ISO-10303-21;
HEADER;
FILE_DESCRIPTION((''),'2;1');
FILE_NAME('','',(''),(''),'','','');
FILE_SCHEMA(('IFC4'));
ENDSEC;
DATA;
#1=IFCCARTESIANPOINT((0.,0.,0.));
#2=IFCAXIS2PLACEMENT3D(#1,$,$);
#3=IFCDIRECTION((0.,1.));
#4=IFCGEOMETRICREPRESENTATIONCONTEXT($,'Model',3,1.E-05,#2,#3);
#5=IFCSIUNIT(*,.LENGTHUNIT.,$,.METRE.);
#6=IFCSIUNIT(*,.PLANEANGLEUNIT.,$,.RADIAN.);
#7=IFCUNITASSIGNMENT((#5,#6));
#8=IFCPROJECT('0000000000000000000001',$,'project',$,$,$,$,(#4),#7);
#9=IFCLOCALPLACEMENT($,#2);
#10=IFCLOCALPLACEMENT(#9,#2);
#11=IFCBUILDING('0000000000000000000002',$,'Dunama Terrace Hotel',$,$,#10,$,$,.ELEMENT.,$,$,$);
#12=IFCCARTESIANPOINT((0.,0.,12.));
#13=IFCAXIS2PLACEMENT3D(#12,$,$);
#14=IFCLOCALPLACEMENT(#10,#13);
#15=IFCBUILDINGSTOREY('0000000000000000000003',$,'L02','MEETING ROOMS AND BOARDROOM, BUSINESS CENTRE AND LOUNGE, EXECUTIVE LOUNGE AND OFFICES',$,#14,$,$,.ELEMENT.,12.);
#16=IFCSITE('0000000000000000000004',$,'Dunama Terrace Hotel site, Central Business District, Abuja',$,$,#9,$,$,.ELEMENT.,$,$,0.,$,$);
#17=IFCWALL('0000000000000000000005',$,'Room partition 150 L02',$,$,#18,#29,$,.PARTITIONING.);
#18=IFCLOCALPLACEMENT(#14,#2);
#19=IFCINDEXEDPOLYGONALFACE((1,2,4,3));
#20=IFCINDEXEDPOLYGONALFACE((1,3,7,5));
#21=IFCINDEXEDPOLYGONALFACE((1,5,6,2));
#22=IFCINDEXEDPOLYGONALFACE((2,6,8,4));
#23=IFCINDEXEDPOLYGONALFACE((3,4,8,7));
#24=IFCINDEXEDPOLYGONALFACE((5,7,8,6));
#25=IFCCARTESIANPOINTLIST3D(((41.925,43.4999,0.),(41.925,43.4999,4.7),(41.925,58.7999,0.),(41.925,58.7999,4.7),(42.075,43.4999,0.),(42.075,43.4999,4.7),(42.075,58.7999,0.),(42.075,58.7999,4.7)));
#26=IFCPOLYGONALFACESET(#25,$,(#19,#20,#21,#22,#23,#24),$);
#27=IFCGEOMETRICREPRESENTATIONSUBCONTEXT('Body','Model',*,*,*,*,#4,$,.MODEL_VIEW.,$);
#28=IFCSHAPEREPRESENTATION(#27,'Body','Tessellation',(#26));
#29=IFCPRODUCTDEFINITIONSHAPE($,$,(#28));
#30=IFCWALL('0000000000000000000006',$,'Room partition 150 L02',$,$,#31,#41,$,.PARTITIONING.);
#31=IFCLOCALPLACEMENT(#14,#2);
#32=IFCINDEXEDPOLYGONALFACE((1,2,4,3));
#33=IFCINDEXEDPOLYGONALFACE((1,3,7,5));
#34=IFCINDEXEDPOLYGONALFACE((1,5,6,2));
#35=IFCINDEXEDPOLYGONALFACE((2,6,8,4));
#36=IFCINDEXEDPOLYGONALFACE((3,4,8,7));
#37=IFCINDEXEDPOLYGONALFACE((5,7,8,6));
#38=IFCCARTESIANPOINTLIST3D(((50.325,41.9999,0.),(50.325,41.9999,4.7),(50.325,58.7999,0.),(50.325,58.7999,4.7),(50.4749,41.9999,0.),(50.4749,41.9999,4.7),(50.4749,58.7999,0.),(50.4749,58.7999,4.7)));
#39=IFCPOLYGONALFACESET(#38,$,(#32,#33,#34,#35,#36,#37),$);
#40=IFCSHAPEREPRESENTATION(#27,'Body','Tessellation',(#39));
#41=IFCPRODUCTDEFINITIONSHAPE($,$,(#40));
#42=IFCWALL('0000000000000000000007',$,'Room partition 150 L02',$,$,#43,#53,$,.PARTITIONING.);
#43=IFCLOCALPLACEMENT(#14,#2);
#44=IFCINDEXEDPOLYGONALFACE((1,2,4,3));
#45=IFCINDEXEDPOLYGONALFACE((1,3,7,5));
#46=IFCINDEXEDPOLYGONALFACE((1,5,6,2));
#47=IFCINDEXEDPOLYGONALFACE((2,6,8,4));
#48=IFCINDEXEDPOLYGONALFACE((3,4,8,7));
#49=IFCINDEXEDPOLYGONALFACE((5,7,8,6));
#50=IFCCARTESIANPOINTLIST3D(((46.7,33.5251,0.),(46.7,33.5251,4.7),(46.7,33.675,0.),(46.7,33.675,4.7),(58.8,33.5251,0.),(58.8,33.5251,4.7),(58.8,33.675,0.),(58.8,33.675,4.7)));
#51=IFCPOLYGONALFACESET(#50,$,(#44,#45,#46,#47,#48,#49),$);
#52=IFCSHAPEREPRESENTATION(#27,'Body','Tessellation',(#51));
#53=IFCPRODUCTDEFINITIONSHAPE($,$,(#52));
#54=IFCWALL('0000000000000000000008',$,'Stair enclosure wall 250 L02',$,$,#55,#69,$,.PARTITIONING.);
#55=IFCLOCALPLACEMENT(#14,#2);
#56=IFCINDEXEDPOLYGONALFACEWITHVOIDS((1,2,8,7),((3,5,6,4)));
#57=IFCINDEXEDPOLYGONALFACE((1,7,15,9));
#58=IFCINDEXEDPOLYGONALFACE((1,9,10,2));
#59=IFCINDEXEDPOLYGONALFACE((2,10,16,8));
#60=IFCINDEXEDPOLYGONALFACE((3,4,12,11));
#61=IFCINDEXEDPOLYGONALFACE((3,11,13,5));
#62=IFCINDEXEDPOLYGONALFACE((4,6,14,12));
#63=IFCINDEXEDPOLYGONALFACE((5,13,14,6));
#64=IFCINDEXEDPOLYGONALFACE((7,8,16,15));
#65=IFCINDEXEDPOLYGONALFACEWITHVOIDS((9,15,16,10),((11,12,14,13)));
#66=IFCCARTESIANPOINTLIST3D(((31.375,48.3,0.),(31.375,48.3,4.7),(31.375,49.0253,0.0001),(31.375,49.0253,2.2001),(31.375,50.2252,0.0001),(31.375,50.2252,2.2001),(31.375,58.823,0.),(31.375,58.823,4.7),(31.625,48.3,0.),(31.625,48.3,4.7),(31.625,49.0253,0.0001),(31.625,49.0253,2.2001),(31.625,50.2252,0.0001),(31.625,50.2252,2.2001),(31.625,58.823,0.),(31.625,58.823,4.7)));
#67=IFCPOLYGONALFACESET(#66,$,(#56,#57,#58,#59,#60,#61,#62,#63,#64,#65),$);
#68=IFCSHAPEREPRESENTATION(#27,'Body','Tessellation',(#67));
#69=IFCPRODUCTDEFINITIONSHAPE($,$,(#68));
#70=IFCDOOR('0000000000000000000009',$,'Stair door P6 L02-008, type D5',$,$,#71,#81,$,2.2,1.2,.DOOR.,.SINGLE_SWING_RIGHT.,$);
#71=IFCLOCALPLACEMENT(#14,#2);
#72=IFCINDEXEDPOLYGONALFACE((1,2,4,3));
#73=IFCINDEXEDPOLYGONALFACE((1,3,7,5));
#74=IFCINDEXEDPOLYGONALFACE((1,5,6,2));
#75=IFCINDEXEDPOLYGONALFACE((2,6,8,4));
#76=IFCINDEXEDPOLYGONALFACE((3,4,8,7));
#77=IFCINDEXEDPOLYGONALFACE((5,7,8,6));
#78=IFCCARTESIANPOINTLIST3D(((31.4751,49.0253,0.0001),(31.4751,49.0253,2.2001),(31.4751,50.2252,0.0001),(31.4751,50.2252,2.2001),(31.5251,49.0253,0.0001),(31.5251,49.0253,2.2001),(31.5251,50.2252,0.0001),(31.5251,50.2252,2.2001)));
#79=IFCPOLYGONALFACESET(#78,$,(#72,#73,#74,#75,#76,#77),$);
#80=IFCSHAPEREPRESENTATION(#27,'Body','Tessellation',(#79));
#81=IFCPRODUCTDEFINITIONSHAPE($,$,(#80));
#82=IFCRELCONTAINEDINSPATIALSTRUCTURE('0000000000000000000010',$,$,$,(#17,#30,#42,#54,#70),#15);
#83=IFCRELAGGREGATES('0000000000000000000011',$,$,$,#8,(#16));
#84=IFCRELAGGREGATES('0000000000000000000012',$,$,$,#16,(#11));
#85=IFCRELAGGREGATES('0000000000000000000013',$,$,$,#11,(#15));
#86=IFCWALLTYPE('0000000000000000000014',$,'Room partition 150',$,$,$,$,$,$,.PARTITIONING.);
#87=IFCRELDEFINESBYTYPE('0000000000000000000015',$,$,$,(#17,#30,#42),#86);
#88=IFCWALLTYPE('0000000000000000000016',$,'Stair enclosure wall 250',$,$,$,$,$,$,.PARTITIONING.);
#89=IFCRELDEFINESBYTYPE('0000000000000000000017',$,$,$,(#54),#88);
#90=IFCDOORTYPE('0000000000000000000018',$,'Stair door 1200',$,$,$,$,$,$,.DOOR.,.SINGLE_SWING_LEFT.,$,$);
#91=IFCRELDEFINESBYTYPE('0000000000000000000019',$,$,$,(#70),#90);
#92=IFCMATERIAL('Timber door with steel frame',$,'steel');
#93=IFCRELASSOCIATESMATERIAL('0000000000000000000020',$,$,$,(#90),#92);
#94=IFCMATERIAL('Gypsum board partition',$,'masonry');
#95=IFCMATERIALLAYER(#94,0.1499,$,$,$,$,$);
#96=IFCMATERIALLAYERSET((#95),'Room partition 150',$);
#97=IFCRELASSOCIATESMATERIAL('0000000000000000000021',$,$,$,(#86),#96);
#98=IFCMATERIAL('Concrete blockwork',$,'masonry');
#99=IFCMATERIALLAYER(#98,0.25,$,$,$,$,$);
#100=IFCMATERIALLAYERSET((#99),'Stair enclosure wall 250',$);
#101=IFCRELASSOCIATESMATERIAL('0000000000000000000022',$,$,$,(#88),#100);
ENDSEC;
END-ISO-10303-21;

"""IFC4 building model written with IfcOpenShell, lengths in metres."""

from ifc_helpers import new_model, si_unit, direction, frame, frame_2d, origin, place, context, subcontext, project, spatial, rectangle, extrude, material, layer, layer_set, type_object, element, fill, save


model = new_model("IFC4")

# Units and contexts
model_context = context("Model", 3, precision=1e-05, world=origin(), true_north=direction((0.0, 1.0)))
body_context = subcontext(model_context, "Body", "Model", "MODEL_VIEW")
ifc_project = project(units=[si_unit("LENGTHUNIT", "METRE"), si_unit("PLANEANGLEUNIT", "RADIAN")], contexts=[model_context])

# Site, building, storey
site_placement = place(None, origin())
site = spatial("IfcSite", under=ifc_project, at=site_placement, Name="Dunama Terrace Hotel site, Central Business District, Abuja", CompositionType="ELEMENT", RefElevation=0.0)
building_placement = place(site_placement, origin())
building = spatial("IfcBuilding", under=site, at=building_placement, Name="Dunama Terrace Hotel", CompositionType="ELEMENT")
storey_placement = place(building_placement, frame((0.0, 0.0, 12.0)))
storey = spatial("IfcBuildingStorey", under=building, at=storey_placement, Name="L02", Description="MEETING ROOMS AND BOARDROOM, BUSINESS CENTRE AND LOUNGE, EXECUTIVE LOUNGE AND OFFICES", CompositionType="ELEMENT", Elevation=12.0)

# Shared definitions
ifc_material_1 = material(Name="Timber door with steel frame", Category="steel")
door_type_1 = type_object("IfcDoorType", Name="Stair door 1200", OperationType="SINGLE_SWING_LEFT", PredefinedType="DOOR", material=ifc_material_1)

# Walls
ifc_material_2 = material(Name="Gypsum board partition", Category="masonry")
ifc_layer_1 = layer(ifc_material_2, 0.1499)
ifc_layer_set_1 = layer_set([ifc_layer_1], Name="Room partition 150")
wall_type_1 = type_object("IfcWallType", Name="Room partition 150", PredefinedType="PARTITIONING", material=ifc_layer_set_1)
wall_1_placement = place(storey_placement, frame((42.0, 43.5, 0.0), z_axis=(0.0, 0.0, 1.0), x_axis=(0.0, 1.0, 0.0)))
element("IfcWall", 1, at=wall_1_placement, inside=storey, type_object=wall_type_1, Name="Room partition 150 L02", PredefinedType="PARTITIONING", context=body_context, shape_type="SweptSolid", body=[
    extrude(rectangle(XDim=15.3, YDim=0.1499, at=frame_2d((7.6499, 0.0))), origin(), (0.0, 0.0, 1.0), 4.7),
])
wall_2_placement = place(storey_placement, frame((50.3999, 42.0, 0.0), z_axis=(0.0, 0.0, 1.0), x_axis=(0.0, 1.0, 0.0)))
element("IfcWall", 2, at=wall_2_placement, inside=storey, type_object=wall_type_1, Name="Room partition 150 L02", PredefinedType="PARTITIONING", context=body_context, shape_type="SweptSolid", body=[
    extrude(rectangle(XDim=16.8, YDim=0.1499, at=frame_2d((8.3999, 0.0))), origin(), (0.0, 0.0, 1.0), 4.7),
])
wall_3_placement = place(storey_placement, frame((46.7, 33.6001, 0.0), z_axis=(0.0, 0.0, 1.0), x_axis=(1.0, 0.0, 0.0)))
element("IfcWall", 3, at=wall_3_placement, inside=storey, type_object=wall_type_1, Name="Room partition 150 L02", PredefinedType="PARTITIONING", context=body_context, shape_type="SweptSolid", body=[
    extrude(rectangle(XDim=12.1001, YDim=0.1499, at=frame_2d((6.05, 0.0))), origin(), (0.0, 0.0, 1.0), 4.7),
])

# Wall, opening, door
ifc_material_3 = material(Name="Concrete blockwork", Category="masonry")
ifc_layer_2 = layer(ifc_material_3, 0.25)
ifc_layer_set_2 = layer_set([ifc_layer_2], Name="Stair enclosure wall 250")
wall_type_2 = type_object("IfcWallType", Name="Stair enclosure wall 250", PredefinedType="PARTITIONING", material=ifc_layer_set_2)
wall_4_placement = place(storey_placement, frame((31.5, 48.3, 0.0), z_axis=(0.0, 0.0, 1.0), x_axis=(0.0, 1.0, 0.0)))
wall_4 = element("IfcWall", 4, at=wall_4_placement, inside=storey, type_object=wall_type_2, Name="Stair enclosure wall 250 L02", PredefinedType="PARTITIONING", context=body_context, shape_type="SweptSolid", body=[
    extrude(rectangle(XDim=10.5229, YDim=0.25, at=frame_2d((5.2615, 0.0))), origin(), (0.0, 0.0, 1.0), 4.7),
])
opening_1_placement = place(wall_4_placement, frame((0.7251, 0.0, 0.0)))
opening_1 = element("IfcOpeningElement", 5, at=opening_1_placement, cuts=wall_4, PredefinedType="OPENING", context=body_context, shape_type="SweptSolid", body=[
    extrude(rectangle(XDim=1.2, YDim=2.2, at=frame_2d((0.6001, 1.1001))), frame((0.0, 0.135, 0.0), z_axis=(0.0, -1.0, 0.0), x_axis=(1.0, 0.0, 0.0)), (0.0, 0.0, 1.0), 0.27),
])
door_1_placement = place(opening_1_placement, origin())
door_1 = element("IfcDoor", 6, at=door_1_placement, inside=storey, type_object=door_type_1, Name="Stair door P6 L02-008, type D5", OperationType="SINGLE_SWING_RIGHT", OverallHeight=2.2, OverallWidth=1.2, PredefinedType="DOOR", context=body_context, shape_type="SweptSolid", body=[
    extrude(rectangle(XDim=1.2, YDim=2.2, at=frame_2d((0.6001, 1.1001))), frame((0.0, 0.0249, 0.0), z_axis=(0.0, -1.0, 0.0), x_axis=(1.0, 0.0, 0.0)), (0.0, 0.0, 1.0), 0.05),
])
fill(opening_1, door_1)

save(model, "model.ifc")
